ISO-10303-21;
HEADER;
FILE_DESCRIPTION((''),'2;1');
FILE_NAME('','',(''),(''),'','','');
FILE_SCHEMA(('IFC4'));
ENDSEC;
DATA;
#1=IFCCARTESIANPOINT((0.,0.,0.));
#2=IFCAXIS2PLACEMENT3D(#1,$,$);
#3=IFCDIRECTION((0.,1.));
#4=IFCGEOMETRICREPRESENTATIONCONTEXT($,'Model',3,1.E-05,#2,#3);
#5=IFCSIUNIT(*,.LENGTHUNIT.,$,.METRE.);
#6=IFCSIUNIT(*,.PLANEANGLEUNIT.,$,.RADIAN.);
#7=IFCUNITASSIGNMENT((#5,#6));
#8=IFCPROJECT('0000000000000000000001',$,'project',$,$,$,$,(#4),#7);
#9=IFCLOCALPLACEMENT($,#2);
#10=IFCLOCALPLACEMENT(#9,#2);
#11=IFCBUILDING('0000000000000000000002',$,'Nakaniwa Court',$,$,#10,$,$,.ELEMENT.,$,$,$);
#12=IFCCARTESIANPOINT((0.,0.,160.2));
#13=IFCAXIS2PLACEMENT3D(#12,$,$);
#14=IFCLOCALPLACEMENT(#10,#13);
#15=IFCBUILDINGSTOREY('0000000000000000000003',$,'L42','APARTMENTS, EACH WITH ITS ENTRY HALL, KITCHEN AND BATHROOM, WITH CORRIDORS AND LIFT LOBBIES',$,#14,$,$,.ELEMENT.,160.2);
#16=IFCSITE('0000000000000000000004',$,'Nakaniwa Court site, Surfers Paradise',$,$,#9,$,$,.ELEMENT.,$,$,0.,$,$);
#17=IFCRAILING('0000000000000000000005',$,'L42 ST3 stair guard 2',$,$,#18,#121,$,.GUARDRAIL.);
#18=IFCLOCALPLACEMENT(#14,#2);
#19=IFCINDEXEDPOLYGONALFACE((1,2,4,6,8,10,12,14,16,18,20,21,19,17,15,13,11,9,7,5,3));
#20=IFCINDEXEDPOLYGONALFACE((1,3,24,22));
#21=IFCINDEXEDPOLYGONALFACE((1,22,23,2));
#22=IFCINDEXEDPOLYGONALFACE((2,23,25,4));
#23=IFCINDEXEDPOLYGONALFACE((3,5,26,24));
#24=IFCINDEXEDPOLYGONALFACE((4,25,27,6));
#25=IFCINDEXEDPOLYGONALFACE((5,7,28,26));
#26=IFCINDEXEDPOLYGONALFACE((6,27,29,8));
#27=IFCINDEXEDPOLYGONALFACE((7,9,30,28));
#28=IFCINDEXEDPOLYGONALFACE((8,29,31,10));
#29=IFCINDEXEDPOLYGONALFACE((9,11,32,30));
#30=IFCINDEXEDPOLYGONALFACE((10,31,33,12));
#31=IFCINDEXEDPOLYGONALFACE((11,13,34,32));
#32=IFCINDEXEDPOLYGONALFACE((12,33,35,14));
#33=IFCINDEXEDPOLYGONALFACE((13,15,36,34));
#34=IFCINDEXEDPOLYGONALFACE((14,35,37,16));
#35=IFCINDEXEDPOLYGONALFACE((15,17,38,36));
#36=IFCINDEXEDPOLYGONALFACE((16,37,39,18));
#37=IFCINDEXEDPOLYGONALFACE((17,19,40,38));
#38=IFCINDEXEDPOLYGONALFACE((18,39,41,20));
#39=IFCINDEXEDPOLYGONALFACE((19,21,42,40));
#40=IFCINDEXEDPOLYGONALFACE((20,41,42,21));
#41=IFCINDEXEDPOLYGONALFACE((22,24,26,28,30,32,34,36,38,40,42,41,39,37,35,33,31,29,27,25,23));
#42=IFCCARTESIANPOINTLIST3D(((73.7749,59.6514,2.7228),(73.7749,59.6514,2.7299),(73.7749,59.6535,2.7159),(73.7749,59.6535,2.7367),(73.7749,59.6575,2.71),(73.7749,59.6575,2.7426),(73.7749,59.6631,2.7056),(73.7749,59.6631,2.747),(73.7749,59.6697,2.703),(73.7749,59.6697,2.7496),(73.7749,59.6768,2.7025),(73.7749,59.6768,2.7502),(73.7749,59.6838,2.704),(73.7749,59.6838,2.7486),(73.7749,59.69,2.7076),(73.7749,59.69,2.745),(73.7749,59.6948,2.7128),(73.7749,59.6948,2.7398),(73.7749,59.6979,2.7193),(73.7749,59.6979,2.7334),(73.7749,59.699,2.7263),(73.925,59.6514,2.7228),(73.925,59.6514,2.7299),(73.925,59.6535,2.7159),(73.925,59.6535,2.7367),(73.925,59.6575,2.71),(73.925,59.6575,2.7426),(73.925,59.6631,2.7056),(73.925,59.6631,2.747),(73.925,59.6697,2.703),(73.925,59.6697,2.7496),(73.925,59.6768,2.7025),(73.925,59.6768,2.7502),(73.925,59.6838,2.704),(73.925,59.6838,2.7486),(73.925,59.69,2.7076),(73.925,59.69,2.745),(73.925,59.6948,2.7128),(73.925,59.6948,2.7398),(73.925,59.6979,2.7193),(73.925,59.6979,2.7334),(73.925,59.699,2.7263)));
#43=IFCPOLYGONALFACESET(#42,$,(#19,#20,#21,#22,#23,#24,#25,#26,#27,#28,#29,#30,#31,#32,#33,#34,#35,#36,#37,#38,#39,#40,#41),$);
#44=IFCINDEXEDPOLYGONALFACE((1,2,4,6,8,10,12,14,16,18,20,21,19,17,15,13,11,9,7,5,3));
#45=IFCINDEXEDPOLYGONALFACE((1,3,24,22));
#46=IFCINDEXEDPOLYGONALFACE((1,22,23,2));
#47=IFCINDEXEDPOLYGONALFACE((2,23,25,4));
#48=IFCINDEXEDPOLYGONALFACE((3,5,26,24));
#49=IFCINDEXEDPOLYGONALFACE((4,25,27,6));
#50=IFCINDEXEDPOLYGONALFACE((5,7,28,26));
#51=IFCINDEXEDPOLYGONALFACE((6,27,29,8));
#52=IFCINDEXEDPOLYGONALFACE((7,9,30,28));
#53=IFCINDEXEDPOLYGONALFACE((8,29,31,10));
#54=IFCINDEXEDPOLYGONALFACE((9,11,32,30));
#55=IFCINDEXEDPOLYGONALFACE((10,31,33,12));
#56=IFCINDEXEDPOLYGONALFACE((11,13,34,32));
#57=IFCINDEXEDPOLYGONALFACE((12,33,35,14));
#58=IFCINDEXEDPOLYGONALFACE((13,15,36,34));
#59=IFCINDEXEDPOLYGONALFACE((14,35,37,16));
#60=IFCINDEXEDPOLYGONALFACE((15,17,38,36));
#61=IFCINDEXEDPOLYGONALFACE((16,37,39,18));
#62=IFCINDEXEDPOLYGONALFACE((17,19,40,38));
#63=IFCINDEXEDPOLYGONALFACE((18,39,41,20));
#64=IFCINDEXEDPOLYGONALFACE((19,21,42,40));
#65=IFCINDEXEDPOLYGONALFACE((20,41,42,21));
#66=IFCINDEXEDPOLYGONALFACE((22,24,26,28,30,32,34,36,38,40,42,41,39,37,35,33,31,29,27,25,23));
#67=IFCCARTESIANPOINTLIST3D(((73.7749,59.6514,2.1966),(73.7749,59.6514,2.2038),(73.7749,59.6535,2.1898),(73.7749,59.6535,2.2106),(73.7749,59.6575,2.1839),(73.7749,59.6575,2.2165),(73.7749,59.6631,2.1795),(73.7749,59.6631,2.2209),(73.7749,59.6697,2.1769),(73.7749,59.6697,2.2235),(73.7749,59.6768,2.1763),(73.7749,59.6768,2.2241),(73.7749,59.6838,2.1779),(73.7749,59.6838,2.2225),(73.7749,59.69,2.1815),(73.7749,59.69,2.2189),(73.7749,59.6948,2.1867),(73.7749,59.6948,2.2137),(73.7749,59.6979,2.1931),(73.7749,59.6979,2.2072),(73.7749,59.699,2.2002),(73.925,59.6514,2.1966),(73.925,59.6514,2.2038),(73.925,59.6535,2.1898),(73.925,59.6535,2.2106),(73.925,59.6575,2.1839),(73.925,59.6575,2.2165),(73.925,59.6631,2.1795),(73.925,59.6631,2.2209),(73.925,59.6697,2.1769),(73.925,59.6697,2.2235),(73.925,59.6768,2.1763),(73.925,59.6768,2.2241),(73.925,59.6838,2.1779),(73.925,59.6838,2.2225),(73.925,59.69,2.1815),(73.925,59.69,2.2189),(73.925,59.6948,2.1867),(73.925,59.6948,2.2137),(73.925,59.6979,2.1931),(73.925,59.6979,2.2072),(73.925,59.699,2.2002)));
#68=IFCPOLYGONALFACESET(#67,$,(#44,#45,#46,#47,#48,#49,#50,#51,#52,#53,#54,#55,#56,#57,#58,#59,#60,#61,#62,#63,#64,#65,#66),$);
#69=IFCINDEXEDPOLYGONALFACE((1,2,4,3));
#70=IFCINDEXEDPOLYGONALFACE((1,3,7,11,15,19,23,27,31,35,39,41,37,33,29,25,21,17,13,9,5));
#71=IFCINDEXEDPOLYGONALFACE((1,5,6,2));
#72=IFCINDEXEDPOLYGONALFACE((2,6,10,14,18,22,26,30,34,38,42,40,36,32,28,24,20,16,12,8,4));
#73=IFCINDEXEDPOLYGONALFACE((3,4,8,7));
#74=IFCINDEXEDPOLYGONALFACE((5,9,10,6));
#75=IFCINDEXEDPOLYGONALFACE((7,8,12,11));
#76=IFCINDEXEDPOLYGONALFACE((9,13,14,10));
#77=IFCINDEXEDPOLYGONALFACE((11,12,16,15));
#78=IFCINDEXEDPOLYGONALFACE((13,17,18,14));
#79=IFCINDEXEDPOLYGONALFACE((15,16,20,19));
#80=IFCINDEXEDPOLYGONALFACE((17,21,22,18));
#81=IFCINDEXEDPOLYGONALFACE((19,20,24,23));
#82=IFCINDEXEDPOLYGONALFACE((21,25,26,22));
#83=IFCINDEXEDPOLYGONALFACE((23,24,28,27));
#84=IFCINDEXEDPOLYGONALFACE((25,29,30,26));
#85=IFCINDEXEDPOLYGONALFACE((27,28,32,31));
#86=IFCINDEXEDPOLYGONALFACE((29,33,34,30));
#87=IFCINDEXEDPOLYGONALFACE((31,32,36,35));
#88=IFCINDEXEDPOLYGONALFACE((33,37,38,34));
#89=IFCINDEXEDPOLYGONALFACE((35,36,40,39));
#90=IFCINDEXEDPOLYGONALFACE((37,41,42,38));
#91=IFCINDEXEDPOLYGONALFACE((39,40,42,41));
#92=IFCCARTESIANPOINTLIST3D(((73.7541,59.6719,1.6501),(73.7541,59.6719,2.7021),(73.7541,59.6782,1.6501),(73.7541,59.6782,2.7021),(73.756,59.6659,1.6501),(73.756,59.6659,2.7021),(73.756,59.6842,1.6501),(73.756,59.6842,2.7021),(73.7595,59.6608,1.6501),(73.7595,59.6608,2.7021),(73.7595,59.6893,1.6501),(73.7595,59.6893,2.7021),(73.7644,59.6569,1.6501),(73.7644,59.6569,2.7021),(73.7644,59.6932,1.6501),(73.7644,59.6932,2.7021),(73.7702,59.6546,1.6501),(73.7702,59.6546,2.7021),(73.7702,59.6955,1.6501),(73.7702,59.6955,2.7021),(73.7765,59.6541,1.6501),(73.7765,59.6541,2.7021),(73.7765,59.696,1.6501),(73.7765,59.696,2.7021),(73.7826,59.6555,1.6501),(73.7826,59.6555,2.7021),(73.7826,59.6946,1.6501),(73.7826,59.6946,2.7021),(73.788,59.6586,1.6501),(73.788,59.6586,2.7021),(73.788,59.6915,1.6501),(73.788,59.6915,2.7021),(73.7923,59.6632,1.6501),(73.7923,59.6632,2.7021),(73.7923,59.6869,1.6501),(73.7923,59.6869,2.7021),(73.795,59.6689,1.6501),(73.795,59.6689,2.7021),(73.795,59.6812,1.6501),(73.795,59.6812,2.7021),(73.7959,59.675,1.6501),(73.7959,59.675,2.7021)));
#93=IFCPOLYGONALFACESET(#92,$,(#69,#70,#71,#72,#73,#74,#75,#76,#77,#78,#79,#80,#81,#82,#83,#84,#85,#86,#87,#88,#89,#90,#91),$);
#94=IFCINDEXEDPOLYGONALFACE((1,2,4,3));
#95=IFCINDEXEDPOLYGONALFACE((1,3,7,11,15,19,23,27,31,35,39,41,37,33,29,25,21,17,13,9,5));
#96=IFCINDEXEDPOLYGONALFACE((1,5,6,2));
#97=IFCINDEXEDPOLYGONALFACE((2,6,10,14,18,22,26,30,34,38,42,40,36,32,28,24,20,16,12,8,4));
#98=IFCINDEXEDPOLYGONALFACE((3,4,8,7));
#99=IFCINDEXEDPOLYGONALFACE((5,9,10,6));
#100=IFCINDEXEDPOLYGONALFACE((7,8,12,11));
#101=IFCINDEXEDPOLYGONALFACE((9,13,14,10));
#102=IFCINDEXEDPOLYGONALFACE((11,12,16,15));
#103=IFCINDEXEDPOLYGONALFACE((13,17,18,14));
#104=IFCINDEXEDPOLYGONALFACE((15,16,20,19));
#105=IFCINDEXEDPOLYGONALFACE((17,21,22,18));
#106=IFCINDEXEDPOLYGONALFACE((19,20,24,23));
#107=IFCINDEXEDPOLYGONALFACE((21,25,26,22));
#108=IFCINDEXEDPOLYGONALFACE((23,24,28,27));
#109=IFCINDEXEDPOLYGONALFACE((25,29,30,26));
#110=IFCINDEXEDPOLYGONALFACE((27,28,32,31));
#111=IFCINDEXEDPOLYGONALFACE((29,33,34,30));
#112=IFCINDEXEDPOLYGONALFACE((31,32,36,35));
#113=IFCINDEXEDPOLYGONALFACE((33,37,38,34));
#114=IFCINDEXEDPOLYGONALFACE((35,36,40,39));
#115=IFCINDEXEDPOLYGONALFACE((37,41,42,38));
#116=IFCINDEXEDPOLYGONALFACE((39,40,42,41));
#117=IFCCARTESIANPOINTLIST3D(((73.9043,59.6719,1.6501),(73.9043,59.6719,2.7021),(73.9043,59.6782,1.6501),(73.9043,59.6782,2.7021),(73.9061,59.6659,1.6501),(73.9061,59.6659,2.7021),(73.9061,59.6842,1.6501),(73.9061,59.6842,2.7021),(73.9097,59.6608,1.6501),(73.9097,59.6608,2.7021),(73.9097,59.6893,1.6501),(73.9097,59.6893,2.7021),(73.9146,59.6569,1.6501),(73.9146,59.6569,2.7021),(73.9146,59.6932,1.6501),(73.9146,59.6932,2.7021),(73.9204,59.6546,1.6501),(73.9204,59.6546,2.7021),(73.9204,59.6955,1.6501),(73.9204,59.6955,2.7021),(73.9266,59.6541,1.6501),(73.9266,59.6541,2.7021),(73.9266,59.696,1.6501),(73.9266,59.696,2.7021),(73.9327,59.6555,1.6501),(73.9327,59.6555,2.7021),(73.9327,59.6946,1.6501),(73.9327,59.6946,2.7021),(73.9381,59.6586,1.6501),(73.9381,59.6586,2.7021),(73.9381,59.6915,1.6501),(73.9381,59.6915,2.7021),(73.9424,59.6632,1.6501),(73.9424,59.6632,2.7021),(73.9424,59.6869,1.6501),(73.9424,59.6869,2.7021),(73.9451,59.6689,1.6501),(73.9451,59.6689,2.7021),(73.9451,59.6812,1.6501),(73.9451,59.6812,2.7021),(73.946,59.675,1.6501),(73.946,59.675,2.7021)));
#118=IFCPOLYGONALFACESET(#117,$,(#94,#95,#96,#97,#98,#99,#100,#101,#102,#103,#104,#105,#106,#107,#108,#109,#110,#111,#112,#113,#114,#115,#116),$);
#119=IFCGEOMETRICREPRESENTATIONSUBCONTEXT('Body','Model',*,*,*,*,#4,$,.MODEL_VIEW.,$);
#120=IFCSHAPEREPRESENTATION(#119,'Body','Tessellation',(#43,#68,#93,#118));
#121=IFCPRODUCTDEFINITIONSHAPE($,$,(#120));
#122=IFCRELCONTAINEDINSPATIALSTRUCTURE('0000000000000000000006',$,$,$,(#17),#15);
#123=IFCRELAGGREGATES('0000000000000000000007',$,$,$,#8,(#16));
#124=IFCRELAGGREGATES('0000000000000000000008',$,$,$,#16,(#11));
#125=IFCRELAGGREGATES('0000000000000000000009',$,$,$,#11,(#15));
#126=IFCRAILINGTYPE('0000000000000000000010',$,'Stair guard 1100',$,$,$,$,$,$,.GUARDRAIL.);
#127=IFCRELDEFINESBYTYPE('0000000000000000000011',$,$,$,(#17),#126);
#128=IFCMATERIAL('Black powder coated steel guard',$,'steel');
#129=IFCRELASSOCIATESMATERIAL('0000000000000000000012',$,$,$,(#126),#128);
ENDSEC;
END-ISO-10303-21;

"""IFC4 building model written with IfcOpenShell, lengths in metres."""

from ifc_helpers import new_model, si_unit, direction, frame, origin, origin_2d, place, context, subcontext, project, spatial, circle, extrude, material, type_object, element, save


model = new_model("IFC4")

# Units and contexts
model_context = context("Model", 3, precision=1e-05, world=origin(), true_north=direction((0.0, 1.0)))
body_context = subcontext(model_context, "Body", "Model", "MODEL_VIEW")
ifc_project = project(units=[si_unit("LENGTHUNIT", "METRE"), si_unit("PLANEANGLEUNIT", "RADIAN")], contexts=[model_context])

# Site, building, storey
site_placement = place(None, origin())
site = spatial("IfcSite", under=ifc_project, at=site_placement, Name="Nakaniwa Court site, Surfers Paradise", CompositionType="ELEMENT", RefElevation=0.0)
building_placement = place(site_placement, origin())
building = spatial("IfcBuilding", under=site, at=building_placement, Name="Nakaniwa Court", CompositionType="ELEMENT")
storey_placement = place(building_placement, frame((0.0, 0.0, 160.2)))
storey = spatial("IfcBuildingStorey", under=building, at=storey_placement, Name="L42", Description="APARTMENTS, EACH WITH ITS ENTRY HALL, KITCHEN AND BATHROOM, WITH CORRIDORS AND LIFT LOBBIES", CompositionType="ELEMENT", Elevation=160.2)

# Railing
ifc_material_1 = material(Name="Black powder coated steel guard", Category="steel")
railing_type_1 = type_object("IfcRailingType", Name="Stair guard 1100", PredefinedType="GUARDRAIL", material=ifc_material_1)
railing_1_placement = place(storey_placement, frame((73.7749, 59.675, 1.6501)))
element("IfcRailing", 1, at=railing_1_placement, inside=storey, type_object=railing_type_1, Name="L42 ST3 stair guard 2", PredefinedType="GUARDRAIL", context=body_context, shape_type="SweptSolid", body=[
    extrude(circle(Radius=0.0239, at=origin_2d()), frame((0.0, 0.0, 1.0762), z_axis=(1.0, 0.0, 0.0), x_axis=(0.0, 1.0, 0.0)), (0.0, 0.0, 1.0), 0.1501),
    extrude(circle(Radius=0.0239, at=origin_2d()), frame((0.0, 0.0, 0.55), z_axis=(1.0, 0.0, 0.0), x_axis=(0.0, 1.0, 0.0)), (0.0, 0.0, 1.0), 0.1501),
    extrude(circle(Radius=0.021, at=origin_2d()), origin(), (0.0, 0.0, 1.0), 1.052),
    extrude(circle(Radius=0.021, at=origin_2d()), frame((0.1501, 0.0, 0.0)), (0.0, 0.0, 1.0), 1.052),
])

save(model, "model.ifc")
